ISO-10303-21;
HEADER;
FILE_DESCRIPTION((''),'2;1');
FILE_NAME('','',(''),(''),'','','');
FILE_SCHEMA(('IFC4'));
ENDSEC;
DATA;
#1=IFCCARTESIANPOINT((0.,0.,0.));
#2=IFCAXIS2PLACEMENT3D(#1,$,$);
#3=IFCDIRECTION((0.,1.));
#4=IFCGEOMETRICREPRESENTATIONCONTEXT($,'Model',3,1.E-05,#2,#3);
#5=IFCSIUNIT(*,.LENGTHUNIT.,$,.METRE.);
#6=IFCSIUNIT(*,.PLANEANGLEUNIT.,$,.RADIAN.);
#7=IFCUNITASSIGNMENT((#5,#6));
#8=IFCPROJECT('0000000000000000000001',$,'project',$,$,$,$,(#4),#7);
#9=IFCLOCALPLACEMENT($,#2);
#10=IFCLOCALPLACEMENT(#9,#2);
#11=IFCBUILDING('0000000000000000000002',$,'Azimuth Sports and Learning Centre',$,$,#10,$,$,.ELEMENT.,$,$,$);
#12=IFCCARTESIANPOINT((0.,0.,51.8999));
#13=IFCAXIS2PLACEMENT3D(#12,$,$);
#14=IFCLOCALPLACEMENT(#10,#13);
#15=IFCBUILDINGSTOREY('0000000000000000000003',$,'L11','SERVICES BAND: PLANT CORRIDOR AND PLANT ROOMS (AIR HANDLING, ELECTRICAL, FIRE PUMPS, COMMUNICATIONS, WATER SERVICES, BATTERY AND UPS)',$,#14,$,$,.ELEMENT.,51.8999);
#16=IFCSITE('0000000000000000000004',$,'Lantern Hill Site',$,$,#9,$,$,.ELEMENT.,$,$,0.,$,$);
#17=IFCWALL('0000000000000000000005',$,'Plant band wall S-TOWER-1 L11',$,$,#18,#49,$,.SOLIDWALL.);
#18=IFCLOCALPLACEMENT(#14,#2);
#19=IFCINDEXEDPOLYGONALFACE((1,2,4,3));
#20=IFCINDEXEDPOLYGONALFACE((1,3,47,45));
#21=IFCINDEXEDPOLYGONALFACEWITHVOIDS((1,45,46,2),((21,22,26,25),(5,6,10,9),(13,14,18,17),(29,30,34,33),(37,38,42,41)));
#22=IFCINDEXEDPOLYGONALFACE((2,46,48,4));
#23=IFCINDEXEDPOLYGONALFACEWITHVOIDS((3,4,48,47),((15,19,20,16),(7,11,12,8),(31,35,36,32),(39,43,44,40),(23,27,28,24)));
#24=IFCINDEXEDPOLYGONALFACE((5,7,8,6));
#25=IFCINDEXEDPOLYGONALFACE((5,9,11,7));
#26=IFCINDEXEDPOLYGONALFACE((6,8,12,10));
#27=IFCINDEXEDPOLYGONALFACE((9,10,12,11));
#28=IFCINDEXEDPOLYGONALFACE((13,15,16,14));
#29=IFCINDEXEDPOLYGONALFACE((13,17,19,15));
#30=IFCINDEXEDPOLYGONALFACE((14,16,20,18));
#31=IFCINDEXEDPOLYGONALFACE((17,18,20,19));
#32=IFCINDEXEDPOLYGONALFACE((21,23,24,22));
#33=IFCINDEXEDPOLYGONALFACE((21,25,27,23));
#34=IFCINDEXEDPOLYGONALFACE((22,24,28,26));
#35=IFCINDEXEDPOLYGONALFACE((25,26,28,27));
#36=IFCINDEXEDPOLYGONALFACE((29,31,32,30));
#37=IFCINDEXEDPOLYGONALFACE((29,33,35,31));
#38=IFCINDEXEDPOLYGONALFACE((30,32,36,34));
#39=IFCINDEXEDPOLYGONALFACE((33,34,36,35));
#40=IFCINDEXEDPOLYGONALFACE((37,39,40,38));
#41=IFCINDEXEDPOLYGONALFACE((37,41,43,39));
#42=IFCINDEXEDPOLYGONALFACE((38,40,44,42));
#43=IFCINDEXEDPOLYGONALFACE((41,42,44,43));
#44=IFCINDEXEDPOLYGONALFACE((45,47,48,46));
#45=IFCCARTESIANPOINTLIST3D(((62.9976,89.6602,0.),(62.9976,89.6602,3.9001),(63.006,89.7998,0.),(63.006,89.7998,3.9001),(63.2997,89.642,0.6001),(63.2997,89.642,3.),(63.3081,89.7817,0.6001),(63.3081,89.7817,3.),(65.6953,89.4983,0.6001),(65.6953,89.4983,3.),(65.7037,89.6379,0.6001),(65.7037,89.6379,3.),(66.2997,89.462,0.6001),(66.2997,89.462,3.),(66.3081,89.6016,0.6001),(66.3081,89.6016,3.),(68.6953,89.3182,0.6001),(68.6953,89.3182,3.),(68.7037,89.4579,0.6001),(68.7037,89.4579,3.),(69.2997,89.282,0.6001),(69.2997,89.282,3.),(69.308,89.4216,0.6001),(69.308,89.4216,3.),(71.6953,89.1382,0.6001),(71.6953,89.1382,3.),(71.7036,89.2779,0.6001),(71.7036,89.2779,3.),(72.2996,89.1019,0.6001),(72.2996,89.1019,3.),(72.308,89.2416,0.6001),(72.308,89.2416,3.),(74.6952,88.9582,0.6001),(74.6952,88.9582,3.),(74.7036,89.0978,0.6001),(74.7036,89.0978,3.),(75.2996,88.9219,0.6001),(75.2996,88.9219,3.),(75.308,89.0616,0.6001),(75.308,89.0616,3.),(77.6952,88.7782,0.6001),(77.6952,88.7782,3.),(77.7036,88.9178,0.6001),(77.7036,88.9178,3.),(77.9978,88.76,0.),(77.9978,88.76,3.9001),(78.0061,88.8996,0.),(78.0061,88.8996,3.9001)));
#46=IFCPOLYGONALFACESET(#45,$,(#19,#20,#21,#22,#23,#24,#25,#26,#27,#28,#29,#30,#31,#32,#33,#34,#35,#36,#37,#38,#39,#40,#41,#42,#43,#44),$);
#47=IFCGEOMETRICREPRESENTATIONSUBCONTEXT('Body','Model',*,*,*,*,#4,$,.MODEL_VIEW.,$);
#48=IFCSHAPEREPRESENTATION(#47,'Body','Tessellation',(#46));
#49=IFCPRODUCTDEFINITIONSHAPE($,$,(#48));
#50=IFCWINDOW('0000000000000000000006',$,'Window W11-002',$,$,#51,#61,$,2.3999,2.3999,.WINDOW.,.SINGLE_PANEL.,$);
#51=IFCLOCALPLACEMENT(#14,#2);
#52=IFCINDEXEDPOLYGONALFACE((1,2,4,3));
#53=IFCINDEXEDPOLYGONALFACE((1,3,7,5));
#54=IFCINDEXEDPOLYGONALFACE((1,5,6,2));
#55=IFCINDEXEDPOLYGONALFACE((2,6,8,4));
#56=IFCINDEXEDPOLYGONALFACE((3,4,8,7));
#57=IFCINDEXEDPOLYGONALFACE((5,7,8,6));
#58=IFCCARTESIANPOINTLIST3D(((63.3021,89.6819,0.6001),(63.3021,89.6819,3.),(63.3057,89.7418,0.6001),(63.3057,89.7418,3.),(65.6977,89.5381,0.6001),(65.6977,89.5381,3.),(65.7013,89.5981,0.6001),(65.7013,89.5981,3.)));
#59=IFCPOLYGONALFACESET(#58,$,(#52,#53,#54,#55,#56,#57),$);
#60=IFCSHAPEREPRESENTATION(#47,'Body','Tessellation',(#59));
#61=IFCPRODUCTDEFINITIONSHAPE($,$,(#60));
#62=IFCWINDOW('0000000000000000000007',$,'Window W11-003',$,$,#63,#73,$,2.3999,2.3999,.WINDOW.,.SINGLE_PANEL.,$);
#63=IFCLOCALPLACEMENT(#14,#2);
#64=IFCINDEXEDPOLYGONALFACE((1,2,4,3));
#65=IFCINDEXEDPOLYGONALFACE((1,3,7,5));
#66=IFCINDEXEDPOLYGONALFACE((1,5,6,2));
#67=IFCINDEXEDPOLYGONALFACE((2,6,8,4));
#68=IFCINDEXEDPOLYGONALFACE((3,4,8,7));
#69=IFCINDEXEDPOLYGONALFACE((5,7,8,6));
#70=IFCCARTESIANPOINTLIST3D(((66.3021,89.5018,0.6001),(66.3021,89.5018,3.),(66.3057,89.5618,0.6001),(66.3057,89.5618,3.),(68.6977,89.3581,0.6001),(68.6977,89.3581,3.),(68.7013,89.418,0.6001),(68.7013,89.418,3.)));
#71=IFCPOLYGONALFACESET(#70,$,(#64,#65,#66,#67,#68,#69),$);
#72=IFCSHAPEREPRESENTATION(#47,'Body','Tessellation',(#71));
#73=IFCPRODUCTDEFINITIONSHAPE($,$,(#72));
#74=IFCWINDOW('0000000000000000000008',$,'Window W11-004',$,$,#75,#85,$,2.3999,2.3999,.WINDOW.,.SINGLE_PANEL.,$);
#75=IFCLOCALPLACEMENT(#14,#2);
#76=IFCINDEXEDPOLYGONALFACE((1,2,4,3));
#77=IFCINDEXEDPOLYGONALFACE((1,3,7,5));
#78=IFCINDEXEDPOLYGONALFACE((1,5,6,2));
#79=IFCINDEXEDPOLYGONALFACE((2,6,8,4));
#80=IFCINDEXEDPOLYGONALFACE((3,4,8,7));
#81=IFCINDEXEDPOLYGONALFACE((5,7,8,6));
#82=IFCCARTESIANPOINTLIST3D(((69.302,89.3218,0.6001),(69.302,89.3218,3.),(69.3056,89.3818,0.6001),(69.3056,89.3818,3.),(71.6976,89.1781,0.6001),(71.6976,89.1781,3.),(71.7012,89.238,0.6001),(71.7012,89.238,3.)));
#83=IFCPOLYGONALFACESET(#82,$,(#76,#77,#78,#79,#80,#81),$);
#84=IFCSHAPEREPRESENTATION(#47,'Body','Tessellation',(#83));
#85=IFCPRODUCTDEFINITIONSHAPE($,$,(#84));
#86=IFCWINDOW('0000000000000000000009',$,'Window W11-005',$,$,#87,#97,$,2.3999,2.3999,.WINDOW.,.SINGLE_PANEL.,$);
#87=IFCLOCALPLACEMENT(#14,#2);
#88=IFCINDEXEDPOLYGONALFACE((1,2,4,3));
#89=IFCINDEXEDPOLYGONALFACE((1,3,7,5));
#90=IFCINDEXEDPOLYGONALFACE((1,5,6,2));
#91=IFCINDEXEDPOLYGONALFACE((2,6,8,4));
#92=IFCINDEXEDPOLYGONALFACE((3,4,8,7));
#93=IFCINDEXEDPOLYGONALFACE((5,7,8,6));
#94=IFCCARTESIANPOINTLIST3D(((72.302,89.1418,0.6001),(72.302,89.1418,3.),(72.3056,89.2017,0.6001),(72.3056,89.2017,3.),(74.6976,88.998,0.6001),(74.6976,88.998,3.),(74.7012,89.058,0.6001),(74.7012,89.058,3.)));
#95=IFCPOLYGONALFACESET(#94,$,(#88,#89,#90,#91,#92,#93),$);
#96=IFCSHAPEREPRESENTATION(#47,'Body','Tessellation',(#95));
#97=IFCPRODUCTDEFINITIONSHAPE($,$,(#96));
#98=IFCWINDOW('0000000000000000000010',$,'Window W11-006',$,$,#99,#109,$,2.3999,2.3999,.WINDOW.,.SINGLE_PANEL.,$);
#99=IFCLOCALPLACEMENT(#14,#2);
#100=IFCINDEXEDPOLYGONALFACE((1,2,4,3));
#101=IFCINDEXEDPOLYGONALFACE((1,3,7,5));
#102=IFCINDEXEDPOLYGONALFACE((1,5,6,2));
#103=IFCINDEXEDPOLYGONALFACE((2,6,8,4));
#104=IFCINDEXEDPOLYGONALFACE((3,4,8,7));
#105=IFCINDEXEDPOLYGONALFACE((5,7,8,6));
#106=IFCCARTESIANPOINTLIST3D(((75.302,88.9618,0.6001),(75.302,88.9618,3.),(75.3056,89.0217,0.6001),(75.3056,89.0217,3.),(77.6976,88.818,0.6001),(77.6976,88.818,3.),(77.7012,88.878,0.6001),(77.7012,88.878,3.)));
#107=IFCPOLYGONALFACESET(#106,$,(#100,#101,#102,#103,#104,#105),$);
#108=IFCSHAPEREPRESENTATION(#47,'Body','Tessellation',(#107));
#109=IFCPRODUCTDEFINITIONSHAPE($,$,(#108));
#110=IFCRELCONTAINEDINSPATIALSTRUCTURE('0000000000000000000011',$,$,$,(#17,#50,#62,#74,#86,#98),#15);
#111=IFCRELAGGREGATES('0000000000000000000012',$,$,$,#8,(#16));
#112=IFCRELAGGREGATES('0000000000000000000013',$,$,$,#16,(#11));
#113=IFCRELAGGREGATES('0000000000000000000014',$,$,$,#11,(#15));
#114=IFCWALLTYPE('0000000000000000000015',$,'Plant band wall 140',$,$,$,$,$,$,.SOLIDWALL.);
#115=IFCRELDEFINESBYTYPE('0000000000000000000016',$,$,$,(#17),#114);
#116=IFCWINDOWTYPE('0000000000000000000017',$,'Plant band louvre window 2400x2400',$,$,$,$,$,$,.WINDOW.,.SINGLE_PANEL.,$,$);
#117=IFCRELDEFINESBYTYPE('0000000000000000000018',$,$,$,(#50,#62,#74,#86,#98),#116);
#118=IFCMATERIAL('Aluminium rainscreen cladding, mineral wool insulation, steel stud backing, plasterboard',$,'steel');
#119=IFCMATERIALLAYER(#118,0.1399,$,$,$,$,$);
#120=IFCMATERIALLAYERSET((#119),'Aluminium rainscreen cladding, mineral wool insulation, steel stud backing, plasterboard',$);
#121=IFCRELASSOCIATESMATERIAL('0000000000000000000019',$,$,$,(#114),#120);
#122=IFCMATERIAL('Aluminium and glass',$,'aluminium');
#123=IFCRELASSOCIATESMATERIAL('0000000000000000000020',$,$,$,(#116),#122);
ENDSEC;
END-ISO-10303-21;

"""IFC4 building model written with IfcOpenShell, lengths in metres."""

from ifc_helpers import new_model, si_unit, direction, frame, frame_2d, origin, place, context, subcontext, project, spatial, rectangle, extrude, material, layer, layer_set, type_object, element, fill, save


model = new_model("IFC4")

# Units and contexts
model_context = context("Model", 3, precision=1e-05, world=origin(), true_north=direction((0.0, 1.0)))
body_context = subcontext(model_context, "Body", "Model", "MODEL_VIEW")
ifc_project = project(units=[si_unit("LENGTHUNIT", "METRE"), si_unit("PLANEANGLEUNIT", "RADIAN")], contexts=[model_context])

# Site, building, storey
site_placement = place(None, origin())
site = spatial("IfcSite", under=ifc_project, at=site_placement, Name="Lantern Hill Site", CompositionType="ELEMENT", RefElevation=0.0)
building_placement = place(site_placement, origin())
building = spatial("IfcBuilding", under=site, at=building_placement, Name="Azimuth Sports and Learning Centre", CompositionType="ELEMENT")
storey_placement = place(building_placement, frame((0.0, 0.0, 51.8999)))
storey = spatial("IfcBuildingStorey", under=building, at=storey_placement, Name="L11", Description="SERVICES BAND: PLANT CORRIDOR AND PLANT ROOMS (AIR HANDLING, ELECTRICAL, FIRE PUMPS, COMMUNICATIONS, WATER SERVICES, BATTERY AND UPS)", CompositionType="ELEMENT", Elevation=51.8999)

# Wall, openings, windows
ifc_material_1 = material(Name="Aluminium rainscreen cladding, mineral wool insulation, steel stud backing, plasterboard", Category="steel")
ifc_layer_1 = layer(ifc_material_1, 0.1399)
ifc_layer_set_1 = layer_set([ifc_layer_1], Name="Aluminium rainscreen cladding, mineral wool insulation, steel stud backing, plasterboard")
wall_type_1 = type_object("IfcWallType", Name="Plant band wall 140", PredefinedType="SOLIDWALL", material=ifc_layer_set_1)
wall_1_placement = place(storey_placement, frame((63.0017, 89.73, 0.0), z_axis=(0.0, 0.0, 1.0), x_axis=(0.998204, -0.059902, 0.0)))
wall_1 = element("IfcWall", 1, at=wall_1_placement, inside=storey, type_object=wall_type_1, Name="Plant band wall S-TOWER-1 L11", PredefinedType="SOLIDWALL", context=body_context, shape_type="SweptSolid", body=[
    extrude(rectangle(XDim=15.0271, YDim=0.1399, at=frame_2d((7.5137, 0.0))), origin(), (0.0, 0.0, 1.0), 3.9001),
])
opening_1_placement = place(wall_1_placement, frame((0.3027, 0.0, 0.6001)))
opening_1 = element("IfcOpeningElement", 2, at=opening_1_placement, cuts=wall_1, PredefinedType="OPENING", context=body_context, shape_type="SweptSolid", body=[
    extrude(rectangle(XDim=2.3999, YDim=2.3999, at=frame_2d((1.2, 1.2))), frame((0.0, 0.0811, 0.0), z_axis=(0.0, -1.0, 0.0), x_axis=(1.0, 0.0, 0.0)), (0.0, 0.0, 1.0), 0.1619),
])
opening_2_placement = place(wall_1_placement, frame((3.3081, 0.0, 0.6001)))
opening_2 = element("IfcOpeningElement", 3, at=opening_2_placement, cuts=wall_1, PredefinedType="OPENING", context=body_context, shape_type="SweptSolid", body=[
    extrude(rectangle(XDim=2.3999, YDim=2.3999, at=frame_2d((1.2, 1.2))), frame((0.0, 0.0811, 0.0), z_axis=(0.0, -1.0, 0.0), x_axis=(1.0, 0.0, 0.0)), (0.0, 0.0, 1.0), 0.1619),
])
opening_3_placement = place(wall_1_placement, frame((6.3135, 0.0, 0.6001)))
opening_3 = element("IfcOpeningElement", 4, at=opening_3_placement, cuts=wall_1, PredefinedType="OPENING", context=body_context, shape_type="SweptSolid", body=[
    extrude(rectangle(XDim=2.3999, YDim=2.3999, at=frame_2d((1.2, 1.2))), frame((0.0, 0.0811, 0.0), z_axis=(0.0, -1.0, 0.0), x_axis=(1.0, 0.0, 0.0)), (0.0, 0.0, 1.0), 0.1619),
])
opening_4_placement = place(wall_1_placement, frame((9.3188, 0.0, 0.6001)))
opening_4 = element("IfcOpeningElement", 5, at=opening_4_placement, cuts=wall_1, PredefinedType="OPENING", context=body_context, shape_type="SweptSolid", body=[
    extrude(rectangle(XDim=2.3999, YDim=2.3999, at=frame_2d((1.2, 1.2))), frame((0.0, 0.0811, 0.0), z_axis=(0.0, -1.0, 0.0), x_axis=(1.0, 0.0, 0.0)), (0.0, 0.0, 1.0), 0.1619),
])
opening_5_placement = place(wall_1_placement, frame((12.3242, 0.0, 0.6001)))
opening_5 = element("IfcOpeningElement", 6, at=opening_5_placement, cuts=wall_1, PredefinedType="OPENING", context=body_context, shape_type="SweptSolid", body=[
    extrude(rectangle(XDim=2.3999, YDim=2.3999, at=frame_2d((1.2, 1.2))), frame((0.0, 0.0811, 0.0), z_axis=(0.0, -1.0, 0.0), x_axis=(1.0, 0.0, 0.0)), (0.0, 0.0, 1.0), 0.1619),
])
ifc_material_2 = material(Name="Aluminium and glass", Category="aluminium")
window_type = type_object("IfcWindowType", Name="Plant band louvre window 2400x2400", PartitioningType="SINGLE_PANEL", PredefinedType="WINDOW", material=ifc_material_2)
window_1_placement = place(opening_1_placement, origin())
window_1 = element("IfcWindow", 7, at=window_1_placement, inside=storey, type_object=window_type, Name="Window W11-002", OverallHeight=2.3999, OverallWidth=2.3999, PartitioningType="SINGLE_PANEL", PredefinedType="WINDOW", context=body_context, shape_type="SweptSolid", body=[
    extrude(rectangle(XDim=2.3999, YDim=2.3999, at=frame_2d((1.2, 1.2))), frame((0.0, 0.03, 0.0), z_axis=(0.0, -1.0, 0.0), x_axis=(1.0, 0.0, 0.0)), (0.0, 0.0, 1.0), 0.0601),
])
fill(opening_1, window_1)
window_2_placement = place(opening_2_placement, origin())
window_2 = element("IfcWindow", 8, at=window_2_placement, inside=storey, type_object=window_type, Name="Window W11-003", OverallHeight=2.3999, OverallWidth=2.3999, PartitioningType="SINGLE_PANEL", PredefinedType="WINDOW", context=body_context, shape_type="SweptSolid", body=[
    extrude(rectangle(XDim=2.3999, YDim=2.3999, at=frame_2d((1.2, 1.2))), frame((0.0, 0.03, 0.0), z_axis=(0.0, -1.0, 0.0), x_axis=(1.0, 0.0, 0.0)), (0.0, 0.0, 1.0), 0.0601),
])
fill(opening_2, window_2)
window_3_placement = place(opening_3_placement, origin())
window_3 = element("IfcWindow", 9, at=window_3_placement, inside=storey, type_object=window_type, Name="Window W11-004", OverallHeight=2.3999, OverallWidth=2.3999, PartitioningType="SINGLE_PANEL", PredefinedType="WINDOW", context=body_context, shape_type="SweptSolid", body=[
    extrude(rectangle(XDim=2.3999, YDim=2.3999, at=frame_2d((1.2, 1.2))), frame((0.0, 0.03, 0.0), z_axis=(0.0, -1.0, 0.0), x_axis=(1.0, 0.0, 0.0)), (0.0, 0.0, 1.0), 0.0601),
])
fill(opening_3, window_3)
window_4_placement = place(opening_4_placement, origin())
window_4 = element("IfcWindow", 10, at=window_4_placement, inside=storey, type_object=window_type, Name="Window W11-005", OverallHeight=2.3999, OverallWidth=2.3999, PartitioningType="SINGLE_PANEL", PredefinedType="WINDOW", context=body_context, shape_type="SweptSolid", body=[
    extrude(rectangle(XDim=2.3999, YDim=2.3999, at=frame_2d((1.2, 1.2))), frame((0.0, 0.03, 0.0), z_axis=(0.0, -1.0, 0.0), x_axis=(1.0, 0.0, 0.0)), (0.0, 0.0, 1.0), 0.0601),
])
fill(opening_4, window_4)
window_5_placement = place(opening_5_placement, origin())
window_5 = element("IfcWindow", 11, at=window_5_placement, inside=storey, type_object=window_type, Name="Window W11-006", OverallHeight=2.3999, OverallWidth=2.3999, PartitioningType="SINGLE_PANEL", PredefinedType="WINDOW", context=body_context, shape_type="SweptSolid", body=[
    extrude(rectangle(XDim=2.3999, YDim=2.3999, at=frame_2d((1.2, 1.2))), frame((0.0, 0.03, 0.0), z_axis=(0.0, -1.0, 0.0), x_axis=(1.0, 0.0, 0.0)), (0.0, 0.0, 1.0), 0.0601),
])
fill(opening_5, window_5)

save(model, "model.ifc")
